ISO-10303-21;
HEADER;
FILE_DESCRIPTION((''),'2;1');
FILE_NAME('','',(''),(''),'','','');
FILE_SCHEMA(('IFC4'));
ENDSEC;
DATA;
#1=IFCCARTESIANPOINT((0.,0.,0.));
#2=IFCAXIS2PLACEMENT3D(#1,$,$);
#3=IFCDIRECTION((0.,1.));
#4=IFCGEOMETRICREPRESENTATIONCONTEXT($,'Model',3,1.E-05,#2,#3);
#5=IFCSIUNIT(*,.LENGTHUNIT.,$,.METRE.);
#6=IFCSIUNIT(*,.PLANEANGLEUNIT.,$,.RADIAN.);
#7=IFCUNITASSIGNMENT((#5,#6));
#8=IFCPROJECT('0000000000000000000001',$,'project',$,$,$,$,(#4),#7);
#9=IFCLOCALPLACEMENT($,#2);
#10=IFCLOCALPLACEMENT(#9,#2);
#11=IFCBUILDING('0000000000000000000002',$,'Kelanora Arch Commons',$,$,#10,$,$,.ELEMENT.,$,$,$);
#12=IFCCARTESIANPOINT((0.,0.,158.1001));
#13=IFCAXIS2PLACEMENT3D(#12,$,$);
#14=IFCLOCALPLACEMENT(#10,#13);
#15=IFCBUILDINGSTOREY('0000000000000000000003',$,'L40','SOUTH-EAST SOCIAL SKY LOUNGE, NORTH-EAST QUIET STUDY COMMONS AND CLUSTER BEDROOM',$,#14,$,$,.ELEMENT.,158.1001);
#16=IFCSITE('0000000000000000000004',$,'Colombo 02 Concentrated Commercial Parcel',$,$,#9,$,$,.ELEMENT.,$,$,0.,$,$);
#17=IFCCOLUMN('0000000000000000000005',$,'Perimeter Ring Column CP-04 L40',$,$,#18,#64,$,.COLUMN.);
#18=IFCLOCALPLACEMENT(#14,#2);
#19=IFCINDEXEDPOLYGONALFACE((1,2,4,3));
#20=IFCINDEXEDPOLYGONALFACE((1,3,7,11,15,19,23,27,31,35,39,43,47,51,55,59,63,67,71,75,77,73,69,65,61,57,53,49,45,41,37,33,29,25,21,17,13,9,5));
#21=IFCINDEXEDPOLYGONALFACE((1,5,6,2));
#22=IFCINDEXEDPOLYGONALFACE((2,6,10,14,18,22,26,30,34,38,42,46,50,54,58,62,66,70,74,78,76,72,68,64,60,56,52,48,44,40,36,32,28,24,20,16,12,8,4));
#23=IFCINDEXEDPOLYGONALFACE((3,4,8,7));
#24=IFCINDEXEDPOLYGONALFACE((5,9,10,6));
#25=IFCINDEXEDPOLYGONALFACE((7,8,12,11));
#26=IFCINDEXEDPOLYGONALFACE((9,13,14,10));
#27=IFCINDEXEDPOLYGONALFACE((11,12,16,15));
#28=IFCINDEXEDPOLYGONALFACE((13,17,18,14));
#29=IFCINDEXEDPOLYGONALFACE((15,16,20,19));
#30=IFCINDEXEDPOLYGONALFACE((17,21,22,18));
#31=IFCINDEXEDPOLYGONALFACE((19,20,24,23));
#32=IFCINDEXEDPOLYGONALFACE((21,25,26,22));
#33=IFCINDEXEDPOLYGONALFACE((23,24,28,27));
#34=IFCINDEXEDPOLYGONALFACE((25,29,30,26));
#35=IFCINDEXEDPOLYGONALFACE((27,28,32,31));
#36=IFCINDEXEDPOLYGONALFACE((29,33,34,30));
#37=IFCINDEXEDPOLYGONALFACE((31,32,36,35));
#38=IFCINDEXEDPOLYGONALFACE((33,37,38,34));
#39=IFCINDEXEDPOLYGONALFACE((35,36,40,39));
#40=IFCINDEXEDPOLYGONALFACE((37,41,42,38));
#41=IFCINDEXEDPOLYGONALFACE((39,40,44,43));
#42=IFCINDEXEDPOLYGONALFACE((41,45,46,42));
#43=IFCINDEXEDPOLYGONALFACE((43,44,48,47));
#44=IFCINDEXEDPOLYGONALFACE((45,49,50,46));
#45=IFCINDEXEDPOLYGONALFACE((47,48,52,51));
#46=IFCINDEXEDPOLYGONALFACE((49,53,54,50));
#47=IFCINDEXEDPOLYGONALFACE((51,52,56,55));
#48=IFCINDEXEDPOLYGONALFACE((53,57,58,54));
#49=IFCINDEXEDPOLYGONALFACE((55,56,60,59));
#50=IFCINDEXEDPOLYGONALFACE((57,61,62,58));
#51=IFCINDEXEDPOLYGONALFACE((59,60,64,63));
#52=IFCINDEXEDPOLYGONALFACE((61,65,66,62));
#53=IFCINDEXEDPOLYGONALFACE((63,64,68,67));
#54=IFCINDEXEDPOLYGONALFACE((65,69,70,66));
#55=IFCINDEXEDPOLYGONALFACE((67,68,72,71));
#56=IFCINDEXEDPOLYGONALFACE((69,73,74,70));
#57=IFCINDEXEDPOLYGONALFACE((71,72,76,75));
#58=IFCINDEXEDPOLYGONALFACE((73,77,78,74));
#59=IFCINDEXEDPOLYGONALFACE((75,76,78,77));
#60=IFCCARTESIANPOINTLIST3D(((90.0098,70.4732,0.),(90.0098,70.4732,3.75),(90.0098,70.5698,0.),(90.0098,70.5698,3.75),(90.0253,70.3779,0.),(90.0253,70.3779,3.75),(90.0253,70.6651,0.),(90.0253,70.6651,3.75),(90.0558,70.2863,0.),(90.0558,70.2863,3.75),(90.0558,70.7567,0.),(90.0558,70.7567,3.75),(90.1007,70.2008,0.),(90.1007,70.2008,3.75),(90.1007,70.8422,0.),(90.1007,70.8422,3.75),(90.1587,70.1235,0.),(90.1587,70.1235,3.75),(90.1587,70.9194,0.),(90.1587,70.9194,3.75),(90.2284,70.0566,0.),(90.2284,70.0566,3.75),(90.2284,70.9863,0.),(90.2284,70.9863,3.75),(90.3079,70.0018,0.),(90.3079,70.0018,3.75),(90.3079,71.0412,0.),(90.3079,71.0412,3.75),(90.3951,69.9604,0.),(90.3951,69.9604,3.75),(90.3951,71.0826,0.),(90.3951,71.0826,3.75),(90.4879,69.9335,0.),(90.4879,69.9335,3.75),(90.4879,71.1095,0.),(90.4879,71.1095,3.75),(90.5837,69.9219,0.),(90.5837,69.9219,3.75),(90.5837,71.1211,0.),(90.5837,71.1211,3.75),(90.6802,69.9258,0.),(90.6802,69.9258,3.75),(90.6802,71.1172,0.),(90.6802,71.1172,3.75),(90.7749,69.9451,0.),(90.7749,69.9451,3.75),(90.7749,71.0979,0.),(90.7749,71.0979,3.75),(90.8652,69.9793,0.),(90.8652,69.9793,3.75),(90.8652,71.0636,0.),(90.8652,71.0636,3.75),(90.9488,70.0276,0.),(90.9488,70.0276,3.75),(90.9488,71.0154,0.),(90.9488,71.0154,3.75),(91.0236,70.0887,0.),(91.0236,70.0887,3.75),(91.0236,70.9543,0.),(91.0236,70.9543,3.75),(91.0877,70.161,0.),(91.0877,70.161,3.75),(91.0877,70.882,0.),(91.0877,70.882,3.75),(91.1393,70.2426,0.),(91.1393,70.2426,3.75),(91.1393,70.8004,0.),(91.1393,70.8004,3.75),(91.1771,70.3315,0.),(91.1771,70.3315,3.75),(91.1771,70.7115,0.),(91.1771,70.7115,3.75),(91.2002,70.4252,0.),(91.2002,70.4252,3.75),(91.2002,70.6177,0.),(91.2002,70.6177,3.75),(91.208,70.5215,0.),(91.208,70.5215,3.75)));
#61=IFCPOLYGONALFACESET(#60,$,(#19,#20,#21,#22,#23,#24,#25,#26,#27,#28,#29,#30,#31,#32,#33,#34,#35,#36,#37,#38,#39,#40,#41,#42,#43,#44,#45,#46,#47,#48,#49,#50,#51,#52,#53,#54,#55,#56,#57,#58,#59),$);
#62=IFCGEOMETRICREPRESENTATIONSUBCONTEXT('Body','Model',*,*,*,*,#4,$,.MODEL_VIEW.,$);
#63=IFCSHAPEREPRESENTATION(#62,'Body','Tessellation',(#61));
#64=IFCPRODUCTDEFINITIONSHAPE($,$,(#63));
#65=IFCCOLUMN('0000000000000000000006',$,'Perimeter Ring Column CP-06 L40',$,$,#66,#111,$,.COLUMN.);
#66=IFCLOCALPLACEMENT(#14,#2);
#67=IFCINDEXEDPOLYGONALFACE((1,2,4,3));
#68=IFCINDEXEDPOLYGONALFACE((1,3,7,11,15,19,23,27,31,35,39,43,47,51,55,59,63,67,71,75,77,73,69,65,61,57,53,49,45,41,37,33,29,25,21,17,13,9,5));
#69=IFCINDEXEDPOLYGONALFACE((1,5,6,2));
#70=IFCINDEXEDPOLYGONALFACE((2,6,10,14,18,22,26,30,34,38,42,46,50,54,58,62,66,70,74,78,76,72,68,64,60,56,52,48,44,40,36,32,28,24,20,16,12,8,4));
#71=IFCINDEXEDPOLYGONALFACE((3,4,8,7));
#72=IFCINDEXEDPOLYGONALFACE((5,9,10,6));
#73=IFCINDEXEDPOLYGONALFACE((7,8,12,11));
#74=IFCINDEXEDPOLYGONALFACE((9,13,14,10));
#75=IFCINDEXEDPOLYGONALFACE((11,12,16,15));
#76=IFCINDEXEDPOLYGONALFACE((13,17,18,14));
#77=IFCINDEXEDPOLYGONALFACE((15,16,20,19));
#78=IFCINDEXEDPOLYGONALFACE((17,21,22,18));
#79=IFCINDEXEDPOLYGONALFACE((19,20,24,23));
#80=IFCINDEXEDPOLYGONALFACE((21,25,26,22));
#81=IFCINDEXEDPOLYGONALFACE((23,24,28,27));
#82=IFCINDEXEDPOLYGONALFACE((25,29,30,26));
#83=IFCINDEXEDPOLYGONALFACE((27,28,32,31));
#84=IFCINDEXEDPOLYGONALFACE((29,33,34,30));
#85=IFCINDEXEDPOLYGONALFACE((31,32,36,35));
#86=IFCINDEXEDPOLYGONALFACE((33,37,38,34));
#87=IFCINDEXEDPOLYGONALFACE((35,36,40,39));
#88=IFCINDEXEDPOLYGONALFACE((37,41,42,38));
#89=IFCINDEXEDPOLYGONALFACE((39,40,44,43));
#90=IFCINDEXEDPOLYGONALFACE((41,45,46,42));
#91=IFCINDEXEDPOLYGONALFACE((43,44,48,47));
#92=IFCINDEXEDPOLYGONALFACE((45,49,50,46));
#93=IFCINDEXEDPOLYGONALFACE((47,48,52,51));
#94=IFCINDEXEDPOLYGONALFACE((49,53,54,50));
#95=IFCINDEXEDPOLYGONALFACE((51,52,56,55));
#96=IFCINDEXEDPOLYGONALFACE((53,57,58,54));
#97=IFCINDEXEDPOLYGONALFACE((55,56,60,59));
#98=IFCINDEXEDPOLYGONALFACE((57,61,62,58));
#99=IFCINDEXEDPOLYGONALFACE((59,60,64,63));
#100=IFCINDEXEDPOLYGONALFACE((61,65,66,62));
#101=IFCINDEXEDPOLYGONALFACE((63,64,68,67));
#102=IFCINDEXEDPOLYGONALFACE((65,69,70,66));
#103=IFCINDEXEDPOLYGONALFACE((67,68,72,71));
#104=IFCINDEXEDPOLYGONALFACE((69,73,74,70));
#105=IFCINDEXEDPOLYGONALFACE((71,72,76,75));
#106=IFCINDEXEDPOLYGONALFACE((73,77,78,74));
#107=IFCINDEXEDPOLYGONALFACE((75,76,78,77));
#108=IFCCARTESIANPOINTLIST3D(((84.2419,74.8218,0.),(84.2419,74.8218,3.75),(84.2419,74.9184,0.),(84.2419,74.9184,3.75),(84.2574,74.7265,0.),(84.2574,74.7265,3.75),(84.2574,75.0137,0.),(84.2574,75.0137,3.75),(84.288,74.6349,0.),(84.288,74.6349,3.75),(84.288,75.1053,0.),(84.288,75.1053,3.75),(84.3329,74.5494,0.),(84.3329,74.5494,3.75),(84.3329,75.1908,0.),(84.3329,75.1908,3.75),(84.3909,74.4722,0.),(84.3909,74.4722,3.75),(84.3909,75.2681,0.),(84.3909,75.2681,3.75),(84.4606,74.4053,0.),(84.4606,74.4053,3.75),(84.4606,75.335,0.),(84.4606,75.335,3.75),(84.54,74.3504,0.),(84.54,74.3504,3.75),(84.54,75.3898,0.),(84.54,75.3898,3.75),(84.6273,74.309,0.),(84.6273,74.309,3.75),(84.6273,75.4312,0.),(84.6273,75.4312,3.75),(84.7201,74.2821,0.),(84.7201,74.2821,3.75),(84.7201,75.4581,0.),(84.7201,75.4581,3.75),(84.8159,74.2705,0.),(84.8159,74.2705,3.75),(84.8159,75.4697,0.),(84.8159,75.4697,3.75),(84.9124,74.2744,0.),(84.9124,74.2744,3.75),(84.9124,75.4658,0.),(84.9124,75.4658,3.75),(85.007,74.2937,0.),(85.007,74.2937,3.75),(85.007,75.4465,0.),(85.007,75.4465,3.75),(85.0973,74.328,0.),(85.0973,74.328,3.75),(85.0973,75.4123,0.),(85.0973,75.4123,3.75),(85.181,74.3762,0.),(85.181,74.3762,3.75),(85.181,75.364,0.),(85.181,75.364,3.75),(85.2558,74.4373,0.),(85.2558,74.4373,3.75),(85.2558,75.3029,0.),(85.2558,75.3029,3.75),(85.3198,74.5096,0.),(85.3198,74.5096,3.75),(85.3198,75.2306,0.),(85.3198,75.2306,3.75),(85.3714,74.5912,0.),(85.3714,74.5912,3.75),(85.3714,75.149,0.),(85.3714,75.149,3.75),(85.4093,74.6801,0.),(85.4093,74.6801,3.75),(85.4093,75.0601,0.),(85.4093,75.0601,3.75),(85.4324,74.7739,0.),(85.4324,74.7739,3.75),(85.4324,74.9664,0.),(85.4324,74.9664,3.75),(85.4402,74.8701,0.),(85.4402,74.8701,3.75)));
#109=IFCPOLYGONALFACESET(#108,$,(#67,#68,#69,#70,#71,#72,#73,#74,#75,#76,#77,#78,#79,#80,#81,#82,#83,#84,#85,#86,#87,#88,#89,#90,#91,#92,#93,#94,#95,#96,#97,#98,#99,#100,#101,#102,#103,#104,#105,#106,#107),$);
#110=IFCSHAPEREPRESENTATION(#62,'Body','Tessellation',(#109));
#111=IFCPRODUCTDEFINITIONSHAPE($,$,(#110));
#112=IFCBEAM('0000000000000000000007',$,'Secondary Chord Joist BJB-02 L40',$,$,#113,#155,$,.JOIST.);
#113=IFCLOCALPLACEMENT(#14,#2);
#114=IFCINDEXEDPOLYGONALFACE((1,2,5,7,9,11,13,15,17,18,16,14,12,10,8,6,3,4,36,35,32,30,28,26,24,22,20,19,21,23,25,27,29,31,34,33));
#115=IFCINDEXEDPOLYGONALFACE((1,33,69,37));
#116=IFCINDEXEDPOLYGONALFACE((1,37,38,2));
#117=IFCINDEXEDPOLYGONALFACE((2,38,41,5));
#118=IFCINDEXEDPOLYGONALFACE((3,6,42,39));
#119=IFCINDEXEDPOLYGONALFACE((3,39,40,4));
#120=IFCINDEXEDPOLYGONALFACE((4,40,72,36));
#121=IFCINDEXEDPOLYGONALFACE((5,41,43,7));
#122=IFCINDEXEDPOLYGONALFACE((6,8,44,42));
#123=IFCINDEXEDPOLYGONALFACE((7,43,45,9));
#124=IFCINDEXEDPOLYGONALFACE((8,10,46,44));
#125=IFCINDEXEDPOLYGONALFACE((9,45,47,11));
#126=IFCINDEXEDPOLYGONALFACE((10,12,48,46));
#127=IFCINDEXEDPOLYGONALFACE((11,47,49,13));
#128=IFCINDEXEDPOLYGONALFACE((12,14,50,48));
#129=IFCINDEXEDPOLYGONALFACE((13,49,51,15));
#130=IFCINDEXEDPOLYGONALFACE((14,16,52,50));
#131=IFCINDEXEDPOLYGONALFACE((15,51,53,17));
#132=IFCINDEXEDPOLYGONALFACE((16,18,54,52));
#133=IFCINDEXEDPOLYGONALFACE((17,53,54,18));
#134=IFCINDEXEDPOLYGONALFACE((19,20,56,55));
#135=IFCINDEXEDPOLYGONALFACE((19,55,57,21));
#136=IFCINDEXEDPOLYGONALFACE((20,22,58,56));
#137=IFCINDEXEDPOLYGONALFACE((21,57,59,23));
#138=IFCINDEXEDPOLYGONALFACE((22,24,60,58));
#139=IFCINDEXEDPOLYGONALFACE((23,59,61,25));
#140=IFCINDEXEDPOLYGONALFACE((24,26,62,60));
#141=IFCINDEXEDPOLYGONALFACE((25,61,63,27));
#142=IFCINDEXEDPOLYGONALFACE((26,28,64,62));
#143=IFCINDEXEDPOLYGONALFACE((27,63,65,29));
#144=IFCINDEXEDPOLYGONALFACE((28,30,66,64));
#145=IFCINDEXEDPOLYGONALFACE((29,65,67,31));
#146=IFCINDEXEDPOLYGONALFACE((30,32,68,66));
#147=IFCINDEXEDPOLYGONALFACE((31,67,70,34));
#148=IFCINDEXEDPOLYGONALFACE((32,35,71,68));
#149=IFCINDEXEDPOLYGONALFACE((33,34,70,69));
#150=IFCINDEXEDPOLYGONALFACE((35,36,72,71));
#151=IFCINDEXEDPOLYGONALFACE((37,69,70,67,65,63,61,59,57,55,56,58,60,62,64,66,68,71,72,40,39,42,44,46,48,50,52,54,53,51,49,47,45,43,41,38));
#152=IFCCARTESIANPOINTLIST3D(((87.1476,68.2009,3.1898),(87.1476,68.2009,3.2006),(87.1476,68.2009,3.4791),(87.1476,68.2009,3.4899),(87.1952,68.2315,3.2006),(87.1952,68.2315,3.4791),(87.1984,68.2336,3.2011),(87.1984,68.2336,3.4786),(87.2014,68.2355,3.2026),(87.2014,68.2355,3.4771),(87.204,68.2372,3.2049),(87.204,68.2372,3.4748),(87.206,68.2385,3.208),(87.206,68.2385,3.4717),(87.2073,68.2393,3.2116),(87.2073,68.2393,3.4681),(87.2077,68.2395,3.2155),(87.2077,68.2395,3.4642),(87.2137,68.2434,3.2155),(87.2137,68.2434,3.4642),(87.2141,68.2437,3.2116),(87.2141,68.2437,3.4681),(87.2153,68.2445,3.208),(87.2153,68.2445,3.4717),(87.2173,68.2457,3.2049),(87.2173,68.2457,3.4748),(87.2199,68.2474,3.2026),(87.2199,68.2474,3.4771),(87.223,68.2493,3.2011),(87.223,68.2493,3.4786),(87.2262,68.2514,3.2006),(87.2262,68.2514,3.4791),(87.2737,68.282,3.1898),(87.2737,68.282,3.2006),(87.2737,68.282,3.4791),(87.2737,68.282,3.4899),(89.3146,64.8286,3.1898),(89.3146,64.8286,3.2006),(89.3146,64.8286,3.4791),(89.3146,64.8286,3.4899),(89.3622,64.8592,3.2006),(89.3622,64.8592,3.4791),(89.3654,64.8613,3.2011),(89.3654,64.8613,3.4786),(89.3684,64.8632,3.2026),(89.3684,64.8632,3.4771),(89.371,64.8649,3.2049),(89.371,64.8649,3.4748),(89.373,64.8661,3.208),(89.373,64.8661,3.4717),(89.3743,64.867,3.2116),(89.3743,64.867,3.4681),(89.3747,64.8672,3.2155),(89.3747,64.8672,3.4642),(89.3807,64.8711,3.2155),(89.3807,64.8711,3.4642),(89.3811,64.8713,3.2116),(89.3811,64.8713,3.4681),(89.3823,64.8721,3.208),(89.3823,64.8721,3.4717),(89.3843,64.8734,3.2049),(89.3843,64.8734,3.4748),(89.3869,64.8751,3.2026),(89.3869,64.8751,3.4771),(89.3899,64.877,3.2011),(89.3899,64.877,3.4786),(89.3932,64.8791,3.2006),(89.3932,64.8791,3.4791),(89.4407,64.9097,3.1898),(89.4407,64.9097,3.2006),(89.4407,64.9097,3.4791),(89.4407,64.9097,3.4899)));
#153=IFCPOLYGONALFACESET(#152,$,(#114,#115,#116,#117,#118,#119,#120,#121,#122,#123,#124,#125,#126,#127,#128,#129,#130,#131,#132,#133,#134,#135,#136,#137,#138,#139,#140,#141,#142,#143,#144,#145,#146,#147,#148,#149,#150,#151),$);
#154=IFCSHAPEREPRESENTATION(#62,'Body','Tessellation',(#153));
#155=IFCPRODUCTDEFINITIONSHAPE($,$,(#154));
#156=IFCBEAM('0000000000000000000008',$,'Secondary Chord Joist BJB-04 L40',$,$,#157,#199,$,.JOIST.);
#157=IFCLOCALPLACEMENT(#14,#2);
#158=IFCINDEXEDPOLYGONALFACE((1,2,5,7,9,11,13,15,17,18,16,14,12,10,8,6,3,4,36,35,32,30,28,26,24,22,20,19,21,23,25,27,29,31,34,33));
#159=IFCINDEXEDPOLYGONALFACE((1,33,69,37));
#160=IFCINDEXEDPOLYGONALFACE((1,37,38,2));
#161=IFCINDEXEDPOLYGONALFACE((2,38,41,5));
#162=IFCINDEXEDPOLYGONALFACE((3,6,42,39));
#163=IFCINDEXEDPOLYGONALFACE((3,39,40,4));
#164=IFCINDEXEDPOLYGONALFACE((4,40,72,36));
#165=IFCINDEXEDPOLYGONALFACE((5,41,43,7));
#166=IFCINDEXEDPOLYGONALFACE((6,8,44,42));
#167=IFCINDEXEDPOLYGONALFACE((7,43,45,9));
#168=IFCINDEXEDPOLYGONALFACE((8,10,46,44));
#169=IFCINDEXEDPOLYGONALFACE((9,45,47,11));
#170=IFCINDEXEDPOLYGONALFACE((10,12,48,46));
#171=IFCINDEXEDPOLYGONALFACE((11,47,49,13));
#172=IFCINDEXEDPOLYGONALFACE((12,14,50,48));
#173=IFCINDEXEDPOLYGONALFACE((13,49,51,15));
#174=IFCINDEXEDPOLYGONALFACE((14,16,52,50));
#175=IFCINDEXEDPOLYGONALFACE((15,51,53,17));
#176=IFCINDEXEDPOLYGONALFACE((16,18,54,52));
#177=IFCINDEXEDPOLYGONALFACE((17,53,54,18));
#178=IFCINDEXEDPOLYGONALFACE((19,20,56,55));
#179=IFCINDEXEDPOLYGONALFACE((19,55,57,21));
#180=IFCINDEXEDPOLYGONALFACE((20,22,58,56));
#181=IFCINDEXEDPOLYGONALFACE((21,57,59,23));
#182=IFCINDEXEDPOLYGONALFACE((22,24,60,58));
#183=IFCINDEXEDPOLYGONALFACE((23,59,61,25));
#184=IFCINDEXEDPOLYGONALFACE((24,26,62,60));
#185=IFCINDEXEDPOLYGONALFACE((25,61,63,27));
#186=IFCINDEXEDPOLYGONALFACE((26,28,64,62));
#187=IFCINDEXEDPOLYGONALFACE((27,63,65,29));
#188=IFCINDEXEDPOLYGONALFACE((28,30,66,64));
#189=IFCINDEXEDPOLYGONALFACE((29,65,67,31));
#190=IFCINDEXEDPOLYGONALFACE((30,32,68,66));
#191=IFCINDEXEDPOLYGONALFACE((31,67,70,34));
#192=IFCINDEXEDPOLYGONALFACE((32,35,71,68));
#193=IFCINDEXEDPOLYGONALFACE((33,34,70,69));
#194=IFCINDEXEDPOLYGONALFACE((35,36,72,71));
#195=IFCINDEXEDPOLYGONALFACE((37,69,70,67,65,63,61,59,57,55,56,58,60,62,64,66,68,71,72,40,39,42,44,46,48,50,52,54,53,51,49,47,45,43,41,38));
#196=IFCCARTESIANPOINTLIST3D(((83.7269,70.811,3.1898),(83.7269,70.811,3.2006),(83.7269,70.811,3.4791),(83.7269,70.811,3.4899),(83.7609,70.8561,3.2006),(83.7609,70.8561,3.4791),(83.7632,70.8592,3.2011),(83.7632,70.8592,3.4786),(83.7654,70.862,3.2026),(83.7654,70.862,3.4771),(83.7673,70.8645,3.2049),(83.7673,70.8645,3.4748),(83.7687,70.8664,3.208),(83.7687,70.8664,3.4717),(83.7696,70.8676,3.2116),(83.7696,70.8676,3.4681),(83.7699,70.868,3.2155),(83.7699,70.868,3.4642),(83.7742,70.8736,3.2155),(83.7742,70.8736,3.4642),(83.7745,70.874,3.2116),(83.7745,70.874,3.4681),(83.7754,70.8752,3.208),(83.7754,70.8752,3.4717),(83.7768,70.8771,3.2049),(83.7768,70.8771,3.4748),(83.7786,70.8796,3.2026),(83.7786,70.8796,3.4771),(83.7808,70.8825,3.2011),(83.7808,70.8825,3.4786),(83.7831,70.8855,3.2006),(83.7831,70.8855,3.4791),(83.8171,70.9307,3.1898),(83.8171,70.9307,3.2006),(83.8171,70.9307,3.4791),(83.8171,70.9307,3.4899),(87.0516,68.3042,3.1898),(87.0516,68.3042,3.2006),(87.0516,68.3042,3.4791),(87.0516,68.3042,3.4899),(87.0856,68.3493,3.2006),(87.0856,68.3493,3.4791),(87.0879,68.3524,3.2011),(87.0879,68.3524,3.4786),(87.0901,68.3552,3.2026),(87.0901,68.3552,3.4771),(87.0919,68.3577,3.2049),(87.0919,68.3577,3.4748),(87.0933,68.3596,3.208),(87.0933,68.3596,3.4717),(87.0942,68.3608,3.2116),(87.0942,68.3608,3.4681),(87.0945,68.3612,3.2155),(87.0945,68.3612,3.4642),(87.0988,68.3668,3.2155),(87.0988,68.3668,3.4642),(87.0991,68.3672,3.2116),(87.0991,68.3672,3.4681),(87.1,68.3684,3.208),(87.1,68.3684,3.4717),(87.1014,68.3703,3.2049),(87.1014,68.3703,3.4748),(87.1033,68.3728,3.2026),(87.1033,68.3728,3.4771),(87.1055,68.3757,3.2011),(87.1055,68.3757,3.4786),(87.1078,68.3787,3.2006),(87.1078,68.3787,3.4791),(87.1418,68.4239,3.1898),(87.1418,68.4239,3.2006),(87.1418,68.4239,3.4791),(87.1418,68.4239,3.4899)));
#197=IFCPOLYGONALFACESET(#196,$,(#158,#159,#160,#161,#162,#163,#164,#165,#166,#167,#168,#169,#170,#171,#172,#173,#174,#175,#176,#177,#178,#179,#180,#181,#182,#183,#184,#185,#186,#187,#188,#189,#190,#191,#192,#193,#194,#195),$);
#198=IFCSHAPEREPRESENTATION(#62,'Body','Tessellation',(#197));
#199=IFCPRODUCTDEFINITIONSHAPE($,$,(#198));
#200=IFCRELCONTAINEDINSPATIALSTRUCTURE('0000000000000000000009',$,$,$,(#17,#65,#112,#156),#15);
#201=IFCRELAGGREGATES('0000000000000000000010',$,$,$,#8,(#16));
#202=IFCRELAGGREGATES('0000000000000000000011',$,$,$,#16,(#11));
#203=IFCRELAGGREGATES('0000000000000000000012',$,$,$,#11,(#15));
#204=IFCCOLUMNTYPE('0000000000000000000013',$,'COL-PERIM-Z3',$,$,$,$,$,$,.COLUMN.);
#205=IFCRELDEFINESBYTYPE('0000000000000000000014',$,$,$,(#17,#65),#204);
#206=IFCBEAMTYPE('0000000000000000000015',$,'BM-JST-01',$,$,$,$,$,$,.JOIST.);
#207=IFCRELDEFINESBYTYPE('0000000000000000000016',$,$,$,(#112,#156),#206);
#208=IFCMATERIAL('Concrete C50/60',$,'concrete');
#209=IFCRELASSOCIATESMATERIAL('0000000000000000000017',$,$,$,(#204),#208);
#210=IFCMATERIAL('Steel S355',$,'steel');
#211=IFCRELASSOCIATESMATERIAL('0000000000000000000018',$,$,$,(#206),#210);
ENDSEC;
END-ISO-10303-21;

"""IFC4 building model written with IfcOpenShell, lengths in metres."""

from ifc_helpers import new_model, si_unit, direction, frame, origin, origin_2d, place, context, subcontext, project, spatial, circle, i_section, extrude, material, material_profile, profile_set, type_object, element, save


model = new_model("IFC4")

# Units and contexts
model_context = context("Model", 3, precision=1e-05, world=origin(), true_north=direction((0.0, 1.0)))
body_context = subcontext(model_context, "Body", "Model", "MODEL_VIEW")
ifc_project = project(units=[si_unit("LENGTHUNIT", "METRE"), si_unit("PLANEANGLEUNIT", "RADIAN")], contexts=[model_context])

# Site, building, storey
site_placement = place(None, origin())
site = spatial("IfcSite", under=ifc_project, at=site_placement, Name="Colombo 02 Concentrated Commercial Parcel", CompositionType="ELEMENT", RefElevation=0.0)
building_placement = place(site_placement, origin())
building = spatial("IfcBuilding", under=site, at=building_placement, Name="Kelanora Arch Commons", CompositionType="ELEMENT")
storey_placement = place(building_placement, frame((0.0, 0.0, 158.1001)))
storey = spatial("IfcBuildingStorey", under=building, at=storey_placement, Name="L40", Description="SOUTH-EAST SOCIAL SKY LOUNGE, NORTH-EAST QUIET STUDY COMMONS AND CLUSTER BEDROOM", CompositionType="ELEMENT", Elevation=158.1001)

# Columns
ifc_material_1 = material(Name="Concrete C50/60", Category="concrete")
ifc_material_profile_1 = material_profile(ifc_material_1, circle(Radius=0.6001, at=origin_2d()), Name="RCC1200")
ifc_profile_set_1 = profile_set([ifc_material_profile_1], Name="Concrete C50/60")
column_type = type_object("IfcColumnType", Name="COL-PERIM-Z3", PredefinedType="COLUMN", material=ifc_profile_set_1)
for number, where, z_axis, x_axis, name in (
    (1, (90.6079, 70.5215, 0.0), (0.0, 0.0, 1.0), (1.0, 0.0, 0.0), "Perimeter Ring Column CP-04 L40"),
    (2, (84.8401, 74.8701, 0.0), (0.0, 0.0, 1.0), (1.0, 0.0, 0.0), "Perimeter Ring Column CP-06 L40"),
):
    element("IfcColumn", number, at=place(storey_placement, frame(where, z_axis=z_axis, x_axis=x_axis)), inside=storey, type_object=column_type, Name=name, PredefinedType="COLUMN", context=body_context, shape_type="SweptSolid", body=[
        extrude(circle(Radius=0.6001, at=origin_2d()), origin(), (0.0, 0.0, 1.0), 3.75),
    ])

# Beams
ifc_material_2 = material(Name="Steel S355", Category="steel")
ifc_material_profile_2 = material_profile(ifc_material_2, i_section(OverallWidth=0.1499, OverallDepth=0.3, WebThickness=0.0071, FlangeThickness=0.0107, FilletRadius=0.0149, at=origin_2d()), Name="IPE300")
ifc_profile_set_2 = profile_set([ifc_material_profile_2], Name="Steel S355")
beam_type_1 = type_object("IfcBeamType", Name="BM-JST-01", PredefinedType="JOIST", material=ifc_profile_set_2)
beam_1_placement = place(storey_placement, frame((89.3777, 64.8691, 3.3398), z_axis=(-0.540594, 0.841283, 0.0), x_axis=(-0.841283, -0.540594, 0.0)))
element("IfcBeam", 3, at=beam_1_placement, inside=storey, type_object=beam_type_1, Name="Secondary Chord Joist BJB-02 L40", PredefinedType="JOIST", context=body_context, shape_type="SweptSolid", body=[
    extrude(i_section(OverallWidth=0.1499, OverallDepth=0.3, WebThickness=0.0071, FlangeThickness=0.0107, FilletRadius=0.0149, at=origin_2d()), origin(), (0.0, 0.0, 1.0), 4.0085),
])
beam_2_placement = place(storey_placement, frame((87.0967, 68.364, 3.3398), z_axis=(-0.798464, 0.602043, 0.0), x_axis=(-0.602043, -0.798464, 0.0)))
element("IfcBeam", 4, at=beam_2_placement, inside=storey, type_object=beam_type_1, Name="Secondary Chord Joist BJB-04 L40", PredefinedType="JOIST", context=body_context, shape_type="SweptSolid", body=[
    extrude(i_section(OverallWidth=0.1499, OverallDepth=0.3, WebThickness=0.0071, FlangeThickness=0.0107, FilletRadius=0.0149, at=origin_2d()), origin(), (0.0, 0.0, 1.0), 4.1638),
])

save(model, "model.ifc")
